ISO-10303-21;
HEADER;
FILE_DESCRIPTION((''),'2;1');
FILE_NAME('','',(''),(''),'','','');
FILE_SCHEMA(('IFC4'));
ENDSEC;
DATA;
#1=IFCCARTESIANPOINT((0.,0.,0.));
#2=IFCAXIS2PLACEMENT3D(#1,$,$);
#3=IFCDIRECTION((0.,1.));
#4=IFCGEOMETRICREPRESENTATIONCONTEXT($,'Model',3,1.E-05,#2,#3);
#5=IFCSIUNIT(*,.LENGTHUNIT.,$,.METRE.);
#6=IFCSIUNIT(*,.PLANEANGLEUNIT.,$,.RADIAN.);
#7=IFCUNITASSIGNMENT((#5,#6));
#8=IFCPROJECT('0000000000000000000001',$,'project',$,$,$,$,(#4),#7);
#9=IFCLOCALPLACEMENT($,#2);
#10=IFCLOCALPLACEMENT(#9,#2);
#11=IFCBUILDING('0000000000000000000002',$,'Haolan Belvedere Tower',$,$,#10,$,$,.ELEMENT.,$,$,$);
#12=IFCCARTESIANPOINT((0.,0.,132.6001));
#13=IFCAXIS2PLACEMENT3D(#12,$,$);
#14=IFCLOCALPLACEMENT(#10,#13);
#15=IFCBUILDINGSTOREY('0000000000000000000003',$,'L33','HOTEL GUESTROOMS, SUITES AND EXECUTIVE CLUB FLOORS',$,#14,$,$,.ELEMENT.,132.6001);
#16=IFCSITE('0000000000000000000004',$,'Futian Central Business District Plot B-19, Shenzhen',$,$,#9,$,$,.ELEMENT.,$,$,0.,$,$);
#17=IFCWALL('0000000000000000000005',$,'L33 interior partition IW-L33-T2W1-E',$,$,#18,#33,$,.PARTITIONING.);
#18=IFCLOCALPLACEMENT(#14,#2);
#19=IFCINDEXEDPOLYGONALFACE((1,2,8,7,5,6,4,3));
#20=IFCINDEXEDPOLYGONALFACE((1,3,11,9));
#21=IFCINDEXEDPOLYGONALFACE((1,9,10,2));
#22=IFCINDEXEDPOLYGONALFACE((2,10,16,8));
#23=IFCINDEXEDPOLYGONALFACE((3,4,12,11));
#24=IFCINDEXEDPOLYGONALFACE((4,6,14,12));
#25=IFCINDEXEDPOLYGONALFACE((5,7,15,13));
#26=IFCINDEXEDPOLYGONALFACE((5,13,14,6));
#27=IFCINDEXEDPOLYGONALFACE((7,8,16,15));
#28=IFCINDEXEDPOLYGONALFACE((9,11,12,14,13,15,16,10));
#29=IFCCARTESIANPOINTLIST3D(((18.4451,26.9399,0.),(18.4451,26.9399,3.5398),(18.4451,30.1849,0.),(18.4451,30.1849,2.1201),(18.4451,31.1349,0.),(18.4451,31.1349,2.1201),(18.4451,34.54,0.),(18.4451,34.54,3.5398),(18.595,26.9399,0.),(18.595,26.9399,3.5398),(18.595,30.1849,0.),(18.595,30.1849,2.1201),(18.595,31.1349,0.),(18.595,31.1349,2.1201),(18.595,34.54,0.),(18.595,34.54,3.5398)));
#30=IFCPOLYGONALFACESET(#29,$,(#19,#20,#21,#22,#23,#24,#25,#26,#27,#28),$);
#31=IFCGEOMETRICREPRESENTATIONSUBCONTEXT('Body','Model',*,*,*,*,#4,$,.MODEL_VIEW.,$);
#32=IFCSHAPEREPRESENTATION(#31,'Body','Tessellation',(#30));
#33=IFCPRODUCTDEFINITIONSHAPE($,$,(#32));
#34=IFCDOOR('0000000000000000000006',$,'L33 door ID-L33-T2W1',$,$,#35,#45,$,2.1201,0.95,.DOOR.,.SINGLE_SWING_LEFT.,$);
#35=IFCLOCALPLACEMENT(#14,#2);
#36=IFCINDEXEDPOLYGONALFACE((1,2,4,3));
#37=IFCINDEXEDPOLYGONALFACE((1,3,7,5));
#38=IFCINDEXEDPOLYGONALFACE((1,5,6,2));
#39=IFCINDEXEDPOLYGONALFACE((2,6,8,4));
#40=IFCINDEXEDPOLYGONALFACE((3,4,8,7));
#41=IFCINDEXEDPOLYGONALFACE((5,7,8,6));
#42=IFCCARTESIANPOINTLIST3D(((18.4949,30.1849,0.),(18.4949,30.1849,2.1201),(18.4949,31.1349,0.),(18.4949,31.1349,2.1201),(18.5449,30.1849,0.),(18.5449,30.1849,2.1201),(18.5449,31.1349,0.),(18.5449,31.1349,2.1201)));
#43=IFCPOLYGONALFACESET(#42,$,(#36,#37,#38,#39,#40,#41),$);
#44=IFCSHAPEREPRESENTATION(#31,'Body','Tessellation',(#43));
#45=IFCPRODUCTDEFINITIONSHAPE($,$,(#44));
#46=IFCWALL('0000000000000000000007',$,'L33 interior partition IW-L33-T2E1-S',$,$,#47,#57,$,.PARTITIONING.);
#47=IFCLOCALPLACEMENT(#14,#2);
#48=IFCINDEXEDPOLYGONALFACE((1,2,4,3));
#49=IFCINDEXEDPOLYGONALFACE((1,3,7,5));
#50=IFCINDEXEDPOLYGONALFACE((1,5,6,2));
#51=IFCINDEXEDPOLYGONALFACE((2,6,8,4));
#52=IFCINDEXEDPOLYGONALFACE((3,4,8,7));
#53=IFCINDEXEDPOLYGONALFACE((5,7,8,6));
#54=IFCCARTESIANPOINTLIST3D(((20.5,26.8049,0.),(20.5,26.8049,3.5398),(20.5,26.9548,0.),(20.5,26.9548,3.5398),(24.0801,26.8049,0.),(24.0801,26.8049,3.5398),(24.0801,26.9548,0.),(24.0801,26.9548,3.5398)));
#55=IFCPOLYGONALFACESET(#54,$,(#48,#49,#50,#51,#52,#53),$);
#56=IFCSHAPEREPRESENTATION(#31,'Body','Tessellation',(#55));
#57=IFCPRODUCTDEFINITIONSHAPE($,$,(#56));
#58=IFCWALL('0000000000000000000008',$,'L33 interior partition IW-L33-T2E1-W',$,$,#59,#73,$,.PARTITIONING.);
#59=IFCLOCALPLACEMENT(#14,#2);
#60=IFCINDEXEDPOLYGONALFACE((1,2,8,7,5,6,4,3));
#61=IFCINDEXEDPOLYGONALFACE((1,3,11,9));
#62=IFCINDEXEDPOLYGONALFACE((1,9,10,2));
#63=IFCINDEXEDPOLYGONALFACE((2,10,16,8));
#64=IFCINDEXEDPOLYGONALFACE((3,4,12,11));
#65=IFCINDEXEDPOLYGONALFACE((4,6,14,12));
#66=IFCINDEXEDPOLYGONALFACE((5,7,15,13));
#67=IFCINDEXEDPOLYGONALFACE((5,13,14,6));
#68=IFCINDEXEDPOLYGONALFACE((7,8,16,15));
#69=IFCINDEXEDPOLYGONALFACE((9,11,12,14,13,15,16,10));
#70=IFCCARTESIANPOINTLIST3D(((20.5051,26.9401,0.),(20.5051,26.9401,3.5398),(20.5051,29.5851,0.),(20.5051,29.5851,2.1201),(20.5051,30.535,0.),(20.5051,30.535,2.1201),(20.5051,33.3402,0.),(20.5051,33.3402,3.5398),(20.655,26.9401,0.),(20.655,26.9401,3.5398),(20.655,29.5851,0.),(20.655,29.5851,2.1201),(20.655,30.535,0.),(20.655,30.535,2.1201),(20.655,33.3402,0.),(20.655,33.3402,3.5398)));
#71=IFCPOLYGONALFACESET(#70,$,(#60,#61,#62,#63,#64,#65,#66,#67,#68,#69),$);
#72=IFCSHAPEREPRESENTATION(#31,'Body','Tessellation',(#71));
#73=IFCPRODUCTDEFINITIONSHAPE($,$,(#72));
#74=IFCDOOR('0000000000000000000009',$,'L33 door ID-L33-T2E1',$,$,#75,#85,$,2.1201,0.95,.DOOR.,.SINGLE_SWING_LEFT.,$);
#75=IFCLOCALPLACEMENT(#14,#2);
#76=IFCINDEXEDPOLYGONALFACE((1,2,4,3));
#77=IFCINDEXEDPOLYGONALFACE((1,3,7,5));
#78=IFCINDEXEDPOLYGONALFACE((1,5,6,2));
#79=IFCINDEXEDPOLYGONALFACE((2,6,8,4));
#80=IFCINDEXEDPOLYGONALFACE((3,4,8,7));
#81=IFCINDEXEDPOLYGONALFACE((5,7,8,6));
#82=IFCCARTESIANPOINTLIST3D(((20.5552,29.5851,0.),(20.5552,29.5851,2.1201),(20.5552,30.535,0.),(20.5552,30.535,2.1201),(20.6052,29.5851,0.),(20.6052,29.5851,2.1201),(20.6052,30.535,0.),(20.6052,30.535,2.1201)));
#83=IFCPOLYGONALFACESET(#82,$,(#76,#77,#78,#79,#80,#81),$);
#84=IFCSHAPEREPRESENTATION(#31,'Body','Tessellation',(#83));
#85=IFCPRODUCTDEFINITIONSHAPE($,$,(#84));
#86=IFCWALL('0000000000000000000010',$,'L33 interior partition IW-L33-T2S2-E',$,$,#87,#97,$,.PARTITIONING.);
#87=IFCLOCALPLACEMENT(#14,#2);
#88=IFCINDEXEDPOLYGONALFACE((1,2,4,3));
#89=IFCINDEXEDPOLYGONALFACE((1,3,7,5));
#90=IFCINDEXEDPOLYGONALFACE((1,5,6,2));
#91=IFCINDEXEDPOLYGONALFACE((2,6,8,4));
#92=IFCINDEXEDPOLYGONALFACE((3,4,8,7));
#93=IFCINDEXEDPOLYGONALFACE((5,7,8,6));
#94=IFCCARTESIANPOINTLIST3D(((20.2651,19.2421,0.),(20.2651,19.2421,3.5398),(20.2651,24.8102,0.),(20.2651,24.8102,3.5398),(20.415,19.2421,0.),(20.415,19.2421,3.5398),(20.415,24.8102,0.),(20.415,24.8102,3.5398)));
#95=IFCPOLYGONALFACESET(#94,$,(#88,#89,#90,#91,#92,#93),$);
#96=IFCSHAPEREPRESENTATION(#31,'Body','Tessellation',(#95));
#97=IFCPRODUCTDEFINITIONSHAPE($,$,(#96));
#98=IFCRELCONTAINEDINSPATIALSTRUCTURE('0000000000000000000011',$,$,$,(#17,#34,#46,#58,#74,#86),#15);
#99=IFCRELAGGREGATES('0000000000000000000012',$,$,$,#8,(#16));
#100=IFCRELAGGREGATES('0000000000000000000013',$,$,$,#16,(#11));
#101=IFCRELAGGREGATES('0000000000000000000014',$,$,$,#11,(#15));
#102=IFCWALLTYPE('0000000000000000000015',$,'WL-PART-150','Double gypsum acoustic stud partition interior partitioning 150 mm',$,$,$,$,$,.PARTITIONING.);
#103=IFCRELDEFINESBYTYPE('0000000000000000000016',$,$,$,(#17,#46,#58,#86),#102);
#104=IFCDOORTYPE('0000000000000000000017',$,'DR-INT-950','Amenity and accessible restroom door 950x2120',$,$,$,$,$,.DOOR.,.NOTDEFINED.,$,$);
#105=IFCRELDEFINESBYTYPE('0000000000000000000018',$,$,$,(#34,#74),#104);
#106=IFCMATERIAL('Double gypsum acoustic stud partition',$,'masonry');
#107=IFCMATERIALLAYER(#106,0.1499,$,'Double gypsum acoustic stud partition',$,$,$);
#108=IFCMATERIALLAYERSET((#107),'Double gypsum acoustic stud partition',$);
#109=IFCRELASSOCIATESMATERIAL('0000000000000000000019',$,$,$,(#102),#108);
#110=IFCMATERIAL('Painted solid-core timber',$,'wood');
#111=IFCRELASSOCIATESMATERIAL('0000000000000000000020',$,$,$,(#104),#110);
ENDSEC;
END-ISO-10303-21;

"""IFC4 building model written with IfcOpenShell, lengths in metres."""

from ifc_helpers import new_model, si_unit, direction, frame, frame_2d, origin, place, context, subcontext, project, spatial, rectangle, extrude, material, layer, layer_set, type_object, element, fill, save


model = new_model("IFC4")

# Units and contexts
model_context = context("Model", 3, precision=1e-05, world=origin(), true_north=direction((0.0, 1.0)))
body_context = subcontext(model_context, "Body", "Model", "MODEL_VIEW")
ifc_project = project(units=[si_unit("LENGTHUNIT", "METRE"), si_unit("PLANEANGLEUNIT", "RADIAN")], contexts=[model_context])

# Site, building, storey
site_placement = place(None, origin())
site = spatial("IfcSite", under=ifc_project, at=site_placement, Name="Futian Central Business District Plot B-19, Shenzhen", CompositionType="ELEMENT", RefElevation=0.0)
building_placement = place(site_placement, origin())
building = spatial("IfcBuilding", under=site, at=building_placement, Name="Haolan Belvedere Tower", CompositionType="ELEMENT")
storey_placement = place(building_placement, frame((0.0, 0.0, 132.6001)))
storey = spatial("IfcBuildingStorey", under=building, at=storey_placement, Name="L33", Description="HOTEL GUESTROOMS, SUITES AND EXECUTIVE CLUB FLOORS", CompositionType="ELEMENT", Elevation=132.6001)

# Shared definitions
ifc_material_1 = material(Name="Double gypsum acoustic stud partition", Category="masonry")
ifc_layer = layer(ifc_material_1, 0.1499, Name="Double gypsum acoustic stud partition")
ifc_layer_set = layer_set([ifc_layer], Name="Double gypsum acoustic stud partition")
wall_type = type_object("IfcWallType", Name="WL-PART-150", Description="Double gypsum acoustic stud partition interior partitioning 150 mm", PredefinedType="PARTITIONING", material=ifc_layer_set)
ifc_material_2 = material(Name="Painted solid-core timber", Category="wood")
door_type = type_object("IfcDoorType", Name="DR-INT-950", Description="Amenity and accessible restroom door 950x2120", OperationType="NOTDEFINED", PredefinedType="DOOR", material=ifc_material_2)

# Wall, opening, door
wall_1_placement = place(storey_placement, frame((18.52, 26.9399, 0.0), z_axis=(0.0, 0.0, 1.0), x_axis=(0.0, 1.0, 0.0)))
wall_1 = element("IfcWall", 1, at=wall_1_placement, inside=storey, type_object=wall_type, Name="L33 interior partition IW-L33-T2W1-E", PredefinedType="PARTITIONING", context=body_context, shape_type="SweptSolid", body=[
    extrude(rectangle(XDim=7.6001, YDim=0.1499, at=frame_2d((3.8, 0.0))), origin(), (0.0, 0.0, 1.0), 3.5398),
])
opening_1_placement = place(wall_1_placement, frame((4.1951, 0.0, 0.0), z_axis=(0.0, 0.0, 1.0), x_axis=(-1.0, 0.0, 0.0)))
opening_1 = element("IfcOpeningElement", 2, at=opening_1_placement, cuts=wall_1, PredefinedType="OPENING", context=body_context, shape_type="SweptSolid", body=[
    extrude(rectangle(XDim=0.95, YDim=2.1201, at=frame_2d((0.4751, 1.0601))), frame((0.0, 0.085, 0.0), z_axis=(0.0, -1.0, 0.0), x_axis=(1.0, 0.0, 0.0)), (0.0, 0.0, 1.0), 0.1699),
])
door_1_placement = place(opening_1_placement, origin())
door_1 = element("IfcDoor", 3, at=door_1_placement, inside=storey, type_object=door_type, Name="L33 door ID-L33-T2W1", OperationType="SINGLE_SWING_LEFT", OverallHeight=2.1201, OverallWidth=0.95, PredefinedType="DOOR", context=body_context, shape_type="SweptSolid", body=[
    extrude(rectangle(XDim=0.95, YDim=2.1201, at=frame_2d((0.4751, 1.0601))), frame((0.0, 0.0249, 0.0), z_axis=(0.0, -1.0, 0.0), x_axis=(1.0, 0.0, 0.0)), (0.0, 0.0, 1.0), 0.05),
])
fill(opening_1, door_1)

# Wall
wall_2_placement = place(storey_placement, frame((20.5, 26.8799, 0.0), z_axis=(0.0, 0.0, 1.0), x_axis=(1.0, 0.0, 0.0)))
element("IfcWall", 4, at=wall_2_placement, inside=storey, type_object=wall_type, Name="L33 interior partition IW-L33-T2E1-S", PredefinedType="PARTITIONING", context=body_context, shape_type="SweptSolid", body=[
    extrude(rectangle(XDim=3.5801, YDim=0.1499, at=frame_2d((1.79, 0.0))), origin(), (0.0, 0.0, 1.0), 3.5398),
])

# Wall, opening, door
wall_3_placement = place(storey_placement, frame((20.5801, 26.9399, 0.0), z_axis=(0.0, 0.0, 1.0), x_axis=(0.0, 1.0, 0.0)))
wall_3 = element("IfcWall", 5, at=wall_3_placement, inside=storey, type_object=wall_type, Name="L33 interior partition IW-L33-T2E1-W", PredefinedType="PARTITIONING", context=body_context, shape_type="SweptSolid", body=[
    extrude(rectangle(XDim=6.4001, YDim=0.1499, at=frame_2d((3.2002, 0.0))), origin(), (0.0, 0.0, 1.0), 3.5398),
])
opening_2_placement = place(wall_3_placement, frame((2.645, 0.0, 0.0)))
opening_2 = element("IfcOpeningElement", 6, at=opening_2_placement, cuts=wall_3, PredefinedType="OPENING", context=body_context, shape_type="SweptSolid", body=[
    extrude(rectangle(XDim=0.95, YDim=2.1201, at=frame_2d((0.4751, 1.0601))), frame((0.0, 0.085, 0.0), z_axis=(0.0, -1.0, 0.0), x_axis=(1.0, 0.0, 0.0)), (0.0, 0.0, 1.0), 0.1699),
])
door_2_placement = place(opening_2_placement, origin())
door_2 = element("IfcDoor", 7, at=door_2_placement, inside=storey, type_object=door_type, Name="L33 door ID-L33-T2E1", OperationType="SINGLE_SWING_LEFT", OverallHeight=2.1201, OverallWidth=0.95, PredefinedType="DOOR", context=body_context, shape_type="SweptSolid", body=[
    extrude(rectangle(XDim=0.95, YDim=2.1201, at=frame_2d((0.4751, 1.0601))), frame((0.0, 0.0249, 0.0), z_axis=(0.0, -1.0, 0.0), x_axis=(1.0, 0.0, 0.0)), (0.0, 0.0, 1.0), 0.05),
])
fill(opening_2, door_2)

# Wall
wall_4_placement = place(storey_placement, frame((20.3401, 19.2419, 0.0), z_axis=(0.0, 0.0, 1.0), x_axis=(0.0, 1.0, 0.0)))
element("IfcWall", 8, at=wall_4_placement, inside=storey, type_object=wall_type, Name="L33 interior partition IW-L33-T2S2-E", PredefinedType="PARTITIONING", context=body_context, shape_type="SweptSolid", body=[
    extrude(rectangle(XDim=5.5681, YDim=0.1499, at=frame_2d((2.7842, 0.0))), origin(), (0.0, 0.0, 1.0), 3.5398),
])

save(model, "model.ifc")
